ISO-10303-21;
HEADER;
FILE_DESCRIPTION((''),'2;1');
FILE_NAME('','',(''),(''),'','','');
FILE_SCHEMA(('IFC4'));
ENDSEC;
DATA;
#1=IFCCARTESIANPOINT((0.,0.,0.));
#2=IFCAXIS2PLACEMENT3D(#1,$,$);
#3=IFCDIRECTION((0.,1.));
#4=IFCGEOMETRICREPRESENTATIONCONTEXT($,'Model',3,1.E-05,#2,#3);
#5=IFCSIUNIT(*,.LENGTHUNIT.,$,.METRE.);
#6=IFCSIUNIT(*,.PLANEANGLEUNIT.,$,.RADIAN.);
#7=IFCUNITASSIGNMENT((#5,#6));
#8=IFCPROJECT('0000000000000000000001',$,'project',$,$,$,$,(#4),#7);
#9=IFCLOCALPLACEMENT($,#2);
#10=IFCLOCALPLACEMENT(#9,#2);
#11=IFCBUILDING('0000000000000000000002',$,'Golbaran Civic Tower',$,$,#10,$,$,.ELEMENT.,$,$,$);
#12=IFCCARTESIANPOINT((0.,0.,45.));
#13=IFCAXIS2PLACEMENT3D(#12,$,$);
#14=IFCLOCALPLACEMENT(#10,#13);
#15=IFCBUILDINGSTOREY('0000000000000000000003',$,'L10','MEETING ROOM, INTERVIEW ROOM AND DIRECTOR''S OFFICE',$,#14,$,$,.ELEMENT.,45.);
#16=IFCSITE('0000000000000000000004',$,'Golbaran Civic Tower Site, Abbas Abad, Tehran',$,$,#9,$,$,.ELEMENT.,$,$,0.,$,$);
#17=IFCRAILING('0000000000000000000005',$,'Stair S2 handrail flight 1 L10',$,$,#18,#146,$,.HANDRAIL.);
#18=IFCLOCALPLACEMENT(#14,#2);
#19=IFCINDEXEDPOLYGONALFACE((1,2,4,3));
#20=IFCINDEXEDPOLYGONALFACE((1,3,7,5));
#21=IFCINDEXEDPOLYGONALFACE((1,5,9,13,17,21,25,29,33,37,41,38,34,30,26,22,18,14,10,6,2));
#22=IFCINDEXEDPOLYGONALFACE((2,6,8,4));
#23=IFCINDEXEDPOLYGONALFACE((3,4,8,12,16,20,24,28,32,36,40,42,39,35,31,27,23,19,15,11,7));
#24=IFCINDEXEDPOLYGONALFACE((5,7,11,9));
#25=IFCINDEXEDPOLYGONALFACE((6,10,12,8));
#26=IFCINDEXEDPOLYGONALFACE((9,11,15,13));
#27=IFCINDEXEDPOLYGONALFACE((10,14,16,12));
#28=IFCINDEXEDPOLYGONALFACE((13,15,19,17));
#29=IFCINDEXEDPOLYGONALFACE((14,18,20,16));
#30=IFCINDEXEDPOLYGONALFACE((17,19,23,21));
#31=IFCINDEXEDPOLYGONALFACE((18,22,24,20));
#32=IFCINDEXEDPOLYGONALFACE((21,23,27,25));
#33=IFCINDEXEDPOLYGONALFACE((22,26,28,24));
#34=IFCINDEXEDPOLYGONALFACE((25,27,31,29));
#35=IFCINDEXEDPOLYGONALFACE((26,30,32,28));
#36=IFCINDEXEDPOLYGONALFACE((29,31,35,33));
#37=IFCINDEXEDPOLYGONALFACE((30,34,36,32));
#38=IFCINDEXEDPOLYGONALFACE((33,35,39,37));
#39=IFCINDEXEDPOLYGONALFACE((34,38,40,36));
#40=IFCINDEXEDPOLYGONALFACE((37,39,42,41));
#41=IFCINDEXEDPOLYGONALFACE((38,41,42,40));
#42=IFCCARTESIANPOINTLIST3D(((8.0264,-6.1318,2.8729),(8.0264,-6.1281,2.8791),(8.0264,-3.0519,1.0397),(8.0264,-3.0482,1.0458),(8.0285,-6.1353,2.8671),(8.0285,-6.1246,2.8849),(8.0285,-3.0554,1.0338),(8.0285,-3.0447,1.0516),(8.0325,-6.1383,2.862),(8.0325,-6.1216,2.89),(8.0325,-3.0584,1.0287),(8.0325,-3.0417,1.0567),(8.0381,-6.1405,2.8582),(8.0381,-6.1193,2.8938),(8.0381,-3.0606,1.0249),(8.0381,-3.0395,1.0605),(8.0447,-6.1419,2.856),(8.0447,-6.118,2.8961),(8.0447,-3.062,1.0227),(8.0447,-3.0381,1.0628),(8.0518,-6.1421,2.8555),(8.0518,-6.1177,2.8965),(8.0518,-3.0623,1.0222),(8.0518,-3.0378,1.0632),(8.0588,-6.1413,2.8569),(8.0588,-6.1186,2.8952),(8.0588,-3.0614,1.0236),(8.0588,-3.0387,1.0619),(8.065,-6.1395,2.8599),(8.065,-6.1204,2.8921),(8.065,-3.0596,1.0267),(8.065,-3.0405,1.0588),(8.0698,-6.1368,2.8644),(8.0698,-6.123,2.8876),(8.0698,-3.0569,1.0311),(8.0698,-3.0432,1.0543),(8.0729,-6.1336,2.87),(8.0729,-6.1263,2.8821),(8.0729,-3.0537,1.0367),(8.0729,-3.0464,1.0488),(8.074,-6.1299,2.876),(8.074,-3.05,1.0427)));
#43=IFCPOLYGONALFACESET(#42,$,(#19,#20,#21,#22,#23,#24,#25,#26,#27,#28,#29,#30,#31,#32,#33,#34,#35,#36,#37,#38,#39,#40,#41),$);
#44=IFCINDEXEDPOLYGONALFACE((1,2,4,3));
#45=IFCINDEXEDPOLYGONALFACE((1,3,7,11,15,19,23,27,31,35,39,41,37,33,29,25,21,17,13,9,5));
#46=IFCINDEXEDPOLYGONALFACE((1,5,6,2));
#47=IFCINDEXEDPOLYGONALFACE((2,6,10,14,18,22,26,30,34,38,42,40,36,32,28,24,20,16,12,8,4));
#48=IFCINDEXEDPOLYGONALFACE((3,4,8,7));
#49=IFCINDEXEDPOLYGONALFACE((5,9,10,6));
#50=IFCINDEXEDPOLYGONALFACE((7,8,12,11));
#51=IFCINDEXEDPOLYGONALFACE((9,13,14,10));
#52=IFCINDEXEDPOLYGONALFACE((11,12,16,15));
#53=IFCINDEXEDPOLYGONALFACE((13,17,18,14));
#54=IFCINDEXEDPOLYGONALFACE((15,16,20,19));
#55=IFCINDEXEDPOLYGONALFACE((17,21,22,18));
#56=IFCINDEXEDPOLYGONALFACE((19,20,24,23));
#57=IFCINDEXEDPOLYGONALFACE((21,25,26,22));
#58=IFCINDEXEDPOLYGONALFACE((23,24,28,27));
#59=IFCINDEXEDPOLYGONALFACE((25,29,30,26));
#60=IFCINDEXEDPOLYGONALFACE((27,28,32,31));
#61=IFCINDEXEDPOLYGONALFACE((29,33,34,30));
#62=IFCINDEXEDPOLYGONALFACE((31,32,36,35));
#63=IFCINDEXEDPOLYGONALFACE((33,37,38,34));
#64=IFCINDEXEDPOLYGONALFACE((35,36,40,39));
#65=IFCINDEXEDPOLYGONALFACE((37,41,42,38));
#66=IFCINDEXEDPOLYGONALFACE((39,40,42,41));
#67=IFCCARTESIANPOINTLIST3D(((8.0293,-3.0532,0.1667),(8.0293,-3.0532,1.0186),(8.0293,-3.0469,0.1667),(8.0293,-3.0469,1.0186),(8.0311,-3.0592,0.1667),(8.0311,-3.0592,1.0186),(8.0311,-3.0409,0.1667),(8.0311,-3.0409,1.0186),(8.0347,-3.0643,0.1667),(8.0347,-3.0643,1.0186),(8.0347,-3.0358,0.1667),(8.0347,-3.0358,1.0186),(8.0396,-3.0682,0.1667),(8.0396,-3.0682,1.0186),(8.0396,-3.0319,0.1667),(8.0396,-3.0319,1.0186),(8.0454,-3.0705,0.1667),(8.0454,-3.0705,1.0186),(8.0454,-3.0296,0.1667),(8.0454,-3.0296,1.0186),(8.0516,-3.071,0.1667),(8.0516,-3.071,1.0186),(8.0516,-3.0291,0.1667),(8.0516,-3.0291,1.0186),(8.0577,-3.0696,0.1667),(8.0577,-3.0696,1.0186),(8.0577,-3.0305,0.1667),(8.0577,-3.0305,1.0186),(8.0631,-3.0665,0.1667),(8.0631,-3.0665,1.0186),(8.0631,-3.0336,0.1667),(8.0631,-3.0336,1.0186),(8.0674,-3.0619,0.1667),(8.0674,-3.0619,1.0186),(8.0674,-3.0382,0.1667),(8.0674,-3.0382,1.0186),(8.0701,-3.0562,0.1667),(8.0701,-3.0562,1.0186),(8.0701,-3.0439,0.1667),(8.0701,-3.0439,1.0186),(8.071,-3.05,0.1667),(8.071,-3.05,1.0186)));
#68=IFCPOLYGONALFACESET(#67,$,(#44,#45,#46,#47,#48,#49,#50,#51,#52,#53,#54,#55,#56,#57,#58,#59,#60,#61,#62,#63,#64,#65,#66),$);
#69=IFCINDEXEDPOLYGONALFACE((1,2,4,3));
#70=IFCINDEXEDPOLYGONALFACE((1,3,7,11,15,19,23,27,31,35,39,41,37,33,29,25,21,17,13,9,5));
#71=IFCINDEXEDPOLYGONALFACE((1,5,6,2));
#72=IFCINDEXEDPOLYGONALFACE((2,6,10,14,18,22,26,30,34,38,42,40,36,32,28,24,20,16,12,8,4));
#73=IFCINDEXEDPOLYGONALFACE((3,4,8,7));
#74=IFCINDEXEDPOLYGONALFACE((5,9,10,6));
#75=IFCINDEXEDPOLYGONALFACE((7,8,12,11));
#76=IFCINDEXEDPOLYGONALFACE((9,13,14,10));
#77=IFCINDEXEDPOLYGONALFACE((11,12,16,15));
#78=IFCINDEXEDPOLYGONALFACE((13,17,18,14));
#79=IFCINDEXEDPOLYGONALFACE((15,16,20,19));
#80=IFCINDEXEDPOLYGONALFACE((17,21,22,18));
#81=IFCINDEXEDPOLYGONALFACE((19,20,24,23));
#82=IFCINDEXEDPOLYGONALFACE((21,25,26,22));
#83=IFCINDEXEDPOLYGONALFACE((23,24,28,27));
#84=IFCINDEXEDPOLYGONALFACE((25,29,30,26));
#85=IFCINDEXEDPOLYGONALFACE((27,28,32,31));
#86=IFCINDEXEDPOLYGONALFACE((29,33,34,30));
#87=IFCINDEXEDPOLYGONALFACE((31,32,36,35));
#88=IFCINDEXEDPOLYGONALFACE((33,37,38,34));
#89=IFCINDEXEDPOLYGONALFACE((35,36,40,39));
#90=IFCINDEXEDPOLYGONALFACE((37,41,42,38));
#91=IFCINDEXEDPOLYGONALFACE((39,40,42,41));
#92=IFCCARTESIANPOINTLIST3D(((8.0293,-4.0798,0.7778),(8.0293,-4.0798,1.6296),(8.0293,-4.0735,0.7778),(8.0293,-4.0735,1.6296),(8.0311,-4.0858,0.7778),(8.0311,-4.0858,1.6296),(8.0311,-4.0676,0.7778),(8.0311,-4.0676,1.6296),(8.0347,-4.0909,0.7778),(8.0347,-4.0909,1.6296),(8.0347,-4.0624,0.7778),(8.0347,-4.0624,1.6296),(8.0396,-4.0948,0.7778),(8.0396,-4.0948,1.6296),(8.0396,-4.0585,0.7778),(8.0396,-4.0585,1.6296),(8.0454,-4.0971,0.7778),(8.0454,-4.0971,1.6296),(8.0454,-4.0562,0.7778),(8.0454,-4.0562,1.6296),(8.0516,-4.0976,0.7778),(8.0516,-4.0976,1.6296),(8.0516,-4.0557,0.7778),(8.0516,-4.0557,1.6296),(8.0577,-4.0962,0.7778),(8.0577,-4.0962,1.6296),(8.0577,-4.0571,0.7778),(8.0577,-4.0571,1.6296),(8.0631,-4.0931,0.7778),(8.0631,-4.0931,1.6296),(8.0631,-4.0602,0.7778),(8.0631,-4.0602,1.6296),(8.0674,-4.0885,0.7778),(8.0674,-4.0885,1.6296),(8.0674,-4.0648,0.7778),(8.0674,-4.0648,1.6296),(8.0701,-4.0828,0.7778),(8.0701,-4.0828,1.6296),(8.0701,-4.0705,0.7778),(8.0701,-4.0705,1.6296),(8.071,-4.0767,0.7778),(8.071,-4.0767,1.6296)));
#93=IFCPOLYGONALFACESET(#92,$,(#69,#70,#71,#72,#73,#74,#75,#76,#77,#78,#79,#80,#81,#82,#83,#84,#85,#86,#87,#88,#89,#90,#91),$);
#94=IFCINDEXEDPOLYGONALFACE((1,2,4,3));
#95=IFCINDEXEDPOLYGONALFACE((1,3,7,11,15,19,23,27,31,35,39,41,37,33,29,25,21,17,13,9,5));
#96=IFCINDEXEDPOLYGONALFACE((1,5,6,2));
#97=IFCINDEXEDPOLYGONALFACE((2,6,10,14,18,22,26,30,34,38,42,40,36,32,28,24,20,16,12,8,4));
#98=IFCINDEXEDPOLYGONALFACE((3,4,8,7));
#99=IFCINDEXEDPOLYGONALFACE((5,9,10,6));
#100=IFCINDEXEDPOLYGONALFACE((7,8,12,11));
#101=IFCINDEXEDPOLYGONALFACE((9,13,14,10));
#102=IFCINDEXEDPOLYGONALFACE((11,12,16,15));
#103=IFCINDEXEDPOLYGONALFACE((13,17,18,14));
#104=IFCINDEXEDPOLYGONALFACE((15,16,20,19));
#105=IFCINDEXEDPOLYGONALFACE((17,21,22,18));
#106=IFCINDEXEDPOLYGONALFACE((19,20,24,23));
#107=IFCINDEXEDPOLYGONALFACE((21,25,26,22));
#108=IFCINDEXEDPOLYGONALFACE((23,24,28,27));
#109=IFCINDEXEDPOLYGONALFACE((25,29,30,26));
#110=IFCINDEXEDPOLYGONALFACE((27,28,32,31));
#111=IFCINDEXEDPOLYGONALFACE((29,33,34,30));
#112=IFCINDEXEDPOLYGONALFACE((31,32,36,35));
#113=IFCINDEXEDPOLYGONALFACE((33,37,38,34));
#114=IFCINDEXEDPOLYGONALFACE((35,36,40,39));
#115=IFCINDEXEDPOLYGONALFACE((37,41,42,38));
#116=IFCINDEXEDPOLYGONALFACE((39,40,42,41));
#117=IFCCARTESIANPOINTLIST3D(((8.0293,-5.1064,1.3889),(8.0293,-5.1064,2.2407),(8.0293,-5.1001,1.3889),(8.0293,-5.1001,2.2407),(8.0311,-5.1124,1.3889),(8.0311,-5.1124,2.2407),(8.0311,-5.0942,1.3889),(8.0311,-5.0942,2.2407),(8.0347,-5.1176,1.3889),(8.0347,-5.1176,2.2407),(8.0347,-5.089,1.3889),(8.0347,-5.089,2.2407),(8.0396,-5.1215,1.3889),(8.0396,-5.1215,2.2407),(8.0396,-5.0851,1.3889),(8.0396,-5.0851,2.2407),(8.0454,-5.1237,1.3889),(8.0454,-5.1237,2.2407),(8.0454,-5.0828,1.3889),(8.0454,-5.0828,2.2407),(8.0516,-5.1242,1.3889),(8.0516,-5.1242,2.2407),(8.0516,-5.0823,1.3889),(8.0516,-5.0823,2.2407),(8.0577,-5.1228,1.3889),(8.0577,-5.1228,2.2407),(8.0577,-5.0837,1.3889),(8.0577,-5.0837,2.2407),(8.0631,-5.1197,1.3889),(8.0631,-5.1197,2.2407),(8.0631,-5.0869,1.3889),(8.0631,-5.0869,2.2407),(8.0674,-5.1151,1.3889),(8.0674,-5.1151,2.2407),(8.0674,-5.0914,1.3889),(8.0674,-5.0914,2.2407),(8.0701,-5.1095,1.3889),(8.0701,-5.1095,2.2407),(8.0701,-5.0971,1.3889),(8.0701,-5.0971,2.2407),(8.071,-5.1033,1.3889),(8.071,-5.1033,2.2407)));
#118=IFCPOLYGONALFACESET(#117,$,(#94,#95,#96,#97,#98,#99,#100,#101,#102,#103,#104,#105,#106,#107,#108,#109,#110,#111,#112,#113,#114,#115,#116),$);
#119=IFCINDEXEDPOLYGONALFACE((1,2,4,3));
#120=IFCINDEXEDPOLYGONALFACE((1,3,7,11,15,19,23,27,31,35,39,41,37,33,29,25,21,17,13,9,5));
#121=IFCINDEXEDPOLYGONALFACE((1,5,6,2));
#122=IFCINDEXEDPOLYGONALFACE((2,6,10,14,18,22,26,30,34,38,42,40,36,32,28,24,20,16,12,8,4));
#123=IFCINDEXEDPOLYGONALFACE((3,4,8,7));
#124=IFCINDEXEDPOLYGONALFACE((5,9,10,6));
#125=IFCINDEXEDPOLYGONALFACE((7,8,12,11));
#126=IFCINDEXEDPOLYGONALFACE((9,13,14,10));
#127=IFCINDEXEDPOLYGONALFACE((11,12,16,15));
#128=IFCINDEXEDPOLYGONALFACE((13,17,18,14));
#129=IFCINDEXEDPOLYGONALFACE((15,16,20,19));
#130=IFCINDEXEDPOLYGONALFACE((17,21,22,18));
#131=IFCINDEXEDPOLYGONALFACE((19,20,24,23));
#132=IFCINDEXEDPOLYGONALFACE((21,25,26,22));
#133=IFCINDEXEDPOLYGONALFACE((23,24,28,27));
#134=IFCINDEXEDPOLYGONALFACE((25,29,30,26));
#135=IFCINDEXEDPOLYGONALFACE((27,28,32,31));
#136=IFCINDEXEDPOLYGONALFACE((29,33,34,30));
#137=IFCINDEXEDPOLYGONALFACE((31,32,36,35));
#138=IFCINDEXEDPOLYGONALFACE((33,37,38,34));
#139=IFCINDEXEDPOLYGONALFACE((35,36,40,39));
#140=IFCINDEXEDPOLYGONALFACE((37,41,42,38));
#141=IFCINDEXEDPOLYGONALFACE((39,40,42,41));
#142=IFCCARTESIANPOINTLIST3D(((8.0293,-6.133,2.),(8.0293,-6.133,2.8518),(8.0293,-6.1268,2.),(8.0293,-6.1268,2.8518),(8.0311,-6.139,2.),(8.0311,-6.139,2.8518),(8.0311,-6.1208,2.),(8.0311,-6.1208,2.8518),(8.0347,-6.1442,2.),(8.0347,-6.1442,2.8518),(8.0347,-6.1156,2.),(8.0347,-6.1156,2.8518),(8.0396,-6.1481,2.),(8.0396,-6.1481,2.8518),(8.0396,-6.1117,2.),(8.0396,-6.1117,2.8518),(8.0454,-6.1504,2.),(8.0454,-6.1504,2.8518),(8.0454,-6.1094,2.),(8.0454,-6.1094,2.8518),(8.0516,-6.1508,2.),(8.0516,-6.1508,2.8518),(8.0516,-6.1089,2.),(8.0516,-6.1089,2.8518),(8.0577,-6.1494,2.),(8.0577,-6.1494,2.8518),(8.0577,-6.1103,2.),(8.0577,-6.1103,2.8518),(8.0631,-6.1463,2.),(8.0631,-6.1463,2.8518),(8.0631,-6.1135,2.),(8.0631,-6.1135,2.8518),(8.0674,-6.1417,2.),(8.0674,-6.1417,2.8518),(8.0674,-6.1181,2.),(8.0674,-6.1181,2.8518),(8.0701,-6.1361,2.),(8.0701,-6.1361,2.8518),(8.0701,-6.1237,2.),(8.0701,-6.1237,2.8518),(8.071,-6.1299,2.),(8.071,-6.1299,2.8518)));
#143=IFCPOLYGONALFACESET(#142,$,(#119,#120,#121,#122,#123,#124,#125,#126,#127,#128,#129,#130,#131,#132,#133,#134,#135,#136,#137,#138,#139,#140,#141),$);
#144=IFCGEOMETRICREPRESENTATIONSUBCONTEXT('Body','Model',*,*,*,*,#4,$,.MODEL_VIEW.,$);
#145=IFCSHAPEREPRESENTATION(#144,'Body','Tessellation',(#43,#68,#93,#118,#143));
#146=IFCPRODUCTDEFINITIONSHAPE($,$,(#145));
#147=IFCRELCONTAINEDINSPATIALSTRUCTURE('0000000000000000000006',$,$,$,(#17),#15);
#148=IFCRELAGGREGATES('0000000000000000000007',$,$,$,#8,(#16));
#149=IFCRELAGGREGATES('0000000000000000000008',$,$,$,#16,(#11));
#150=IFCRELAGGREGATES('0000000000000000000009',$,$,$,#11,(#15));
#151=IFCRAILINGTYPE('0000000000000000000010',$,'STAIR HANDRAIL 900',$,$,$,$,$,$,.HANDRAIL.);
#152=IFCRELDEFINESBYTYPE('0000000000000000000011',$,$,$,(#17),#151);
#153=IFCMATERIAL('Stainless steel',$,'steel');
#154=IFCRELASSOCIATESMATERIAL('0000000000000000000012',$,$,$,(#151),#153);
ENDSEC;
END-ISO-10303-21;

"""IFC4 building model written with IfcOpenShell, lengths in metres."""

from ifc_helpers import new_model, si_unit, direction, frame, origin, origin_2d, place, context, subcontext, project, spatial, circle, extrude, material, type_object, element, save


model = new_model("IFC4")

# Units and contexts
model_context = context("Model", 3, precision=1e-05, world=origin(), true_north=direction((0.0, 1.0)))
body_context = subcontext(model_context, "Body", "Model", "MODEL_VIEW")
ifc_project = project(units=[si_unit("LENGTHUNIT", "METRE"), si_unit("PLANEANGLEUNIT", "RADIAN")], contexts=[model_context])

# Site, building, storey
site_placement = place(None, origin())
site = spatial("IfcSite", under=ifc_project, at=site_placement, Name="Golbaran Civic Tower Site, Abbas Abad, Tehran", CompositionType="ELEMENT", RefElevation=0.0)
building_placement = place(site_placement, origin())
building = spatial("IfcBuilding", under=site, at=building_placement, Name="Golbaran Civic Tower", CompositionType="ELEMENT")
storey_placement = place(building_placement, frame((0.0, 0.0, 45.0)))
storey = spatial("IfcBuildingStorey", under=building, at=storey_placement, Name="L10", Description="MEETING ROOM, INTERVIEW ROOM AND DIRECTOR'S OFFICE", CompositionType="ELEMENT", Elevation=45.0)

# Shared definitions
ifc_material_1 = material(Name="Stainless steel", Category="steel")

# Railing
railing_type = type_object("IfcRailingType", Name="STAIR HANDRAIL 900", PredefinedType="HANDRAIL", material=ifc_material_1)
railing_1_placement = place(storey_placement, frame((8.05, -3.05, 0.1667)))
element("IfcRailing", 1, at=railing_1_placement, inside=storey, type_object=railing_type, Name="Stair S2 handrail flight 1 L10", PredefinedType="HANDRAIL", context=body_context, shape_type="SweptSolid", body=[
    extrude(circle(Radius=0.0239, at=origin_2d()), frame((0.0, 0.0, 0.876), z_axis=(0.0, -0.859291, 0.511487), x_axis=(1.0, 0.0, 0.0)), (0.0, 0.0, 1.0), 3.5842),
    extrude(circle(Radius=0.021, at=origin_2d()), origin(), (0.0, 0.0, 1.0), 0.8518),
    extrude(circle(Radius=0.021, at=origin_2d()), frame((0.0, -1.0266, 0.6111)), (0.0, 0.0, 1.0), 0.8518),
    extrude(circle(Radius=0.021, at=origin_2d()), frame((0.0, -2.0532, 1.2222)), (0.0, 0.0, 1.0), 0.8518),
    extrude(circle(Radius=0.021, at=origin_2d()), frame((0.0, -3.0798, 1.8333)), (0.0, 0.0, 1.0), 0.8518),
])

save(model, "model.ifc")
